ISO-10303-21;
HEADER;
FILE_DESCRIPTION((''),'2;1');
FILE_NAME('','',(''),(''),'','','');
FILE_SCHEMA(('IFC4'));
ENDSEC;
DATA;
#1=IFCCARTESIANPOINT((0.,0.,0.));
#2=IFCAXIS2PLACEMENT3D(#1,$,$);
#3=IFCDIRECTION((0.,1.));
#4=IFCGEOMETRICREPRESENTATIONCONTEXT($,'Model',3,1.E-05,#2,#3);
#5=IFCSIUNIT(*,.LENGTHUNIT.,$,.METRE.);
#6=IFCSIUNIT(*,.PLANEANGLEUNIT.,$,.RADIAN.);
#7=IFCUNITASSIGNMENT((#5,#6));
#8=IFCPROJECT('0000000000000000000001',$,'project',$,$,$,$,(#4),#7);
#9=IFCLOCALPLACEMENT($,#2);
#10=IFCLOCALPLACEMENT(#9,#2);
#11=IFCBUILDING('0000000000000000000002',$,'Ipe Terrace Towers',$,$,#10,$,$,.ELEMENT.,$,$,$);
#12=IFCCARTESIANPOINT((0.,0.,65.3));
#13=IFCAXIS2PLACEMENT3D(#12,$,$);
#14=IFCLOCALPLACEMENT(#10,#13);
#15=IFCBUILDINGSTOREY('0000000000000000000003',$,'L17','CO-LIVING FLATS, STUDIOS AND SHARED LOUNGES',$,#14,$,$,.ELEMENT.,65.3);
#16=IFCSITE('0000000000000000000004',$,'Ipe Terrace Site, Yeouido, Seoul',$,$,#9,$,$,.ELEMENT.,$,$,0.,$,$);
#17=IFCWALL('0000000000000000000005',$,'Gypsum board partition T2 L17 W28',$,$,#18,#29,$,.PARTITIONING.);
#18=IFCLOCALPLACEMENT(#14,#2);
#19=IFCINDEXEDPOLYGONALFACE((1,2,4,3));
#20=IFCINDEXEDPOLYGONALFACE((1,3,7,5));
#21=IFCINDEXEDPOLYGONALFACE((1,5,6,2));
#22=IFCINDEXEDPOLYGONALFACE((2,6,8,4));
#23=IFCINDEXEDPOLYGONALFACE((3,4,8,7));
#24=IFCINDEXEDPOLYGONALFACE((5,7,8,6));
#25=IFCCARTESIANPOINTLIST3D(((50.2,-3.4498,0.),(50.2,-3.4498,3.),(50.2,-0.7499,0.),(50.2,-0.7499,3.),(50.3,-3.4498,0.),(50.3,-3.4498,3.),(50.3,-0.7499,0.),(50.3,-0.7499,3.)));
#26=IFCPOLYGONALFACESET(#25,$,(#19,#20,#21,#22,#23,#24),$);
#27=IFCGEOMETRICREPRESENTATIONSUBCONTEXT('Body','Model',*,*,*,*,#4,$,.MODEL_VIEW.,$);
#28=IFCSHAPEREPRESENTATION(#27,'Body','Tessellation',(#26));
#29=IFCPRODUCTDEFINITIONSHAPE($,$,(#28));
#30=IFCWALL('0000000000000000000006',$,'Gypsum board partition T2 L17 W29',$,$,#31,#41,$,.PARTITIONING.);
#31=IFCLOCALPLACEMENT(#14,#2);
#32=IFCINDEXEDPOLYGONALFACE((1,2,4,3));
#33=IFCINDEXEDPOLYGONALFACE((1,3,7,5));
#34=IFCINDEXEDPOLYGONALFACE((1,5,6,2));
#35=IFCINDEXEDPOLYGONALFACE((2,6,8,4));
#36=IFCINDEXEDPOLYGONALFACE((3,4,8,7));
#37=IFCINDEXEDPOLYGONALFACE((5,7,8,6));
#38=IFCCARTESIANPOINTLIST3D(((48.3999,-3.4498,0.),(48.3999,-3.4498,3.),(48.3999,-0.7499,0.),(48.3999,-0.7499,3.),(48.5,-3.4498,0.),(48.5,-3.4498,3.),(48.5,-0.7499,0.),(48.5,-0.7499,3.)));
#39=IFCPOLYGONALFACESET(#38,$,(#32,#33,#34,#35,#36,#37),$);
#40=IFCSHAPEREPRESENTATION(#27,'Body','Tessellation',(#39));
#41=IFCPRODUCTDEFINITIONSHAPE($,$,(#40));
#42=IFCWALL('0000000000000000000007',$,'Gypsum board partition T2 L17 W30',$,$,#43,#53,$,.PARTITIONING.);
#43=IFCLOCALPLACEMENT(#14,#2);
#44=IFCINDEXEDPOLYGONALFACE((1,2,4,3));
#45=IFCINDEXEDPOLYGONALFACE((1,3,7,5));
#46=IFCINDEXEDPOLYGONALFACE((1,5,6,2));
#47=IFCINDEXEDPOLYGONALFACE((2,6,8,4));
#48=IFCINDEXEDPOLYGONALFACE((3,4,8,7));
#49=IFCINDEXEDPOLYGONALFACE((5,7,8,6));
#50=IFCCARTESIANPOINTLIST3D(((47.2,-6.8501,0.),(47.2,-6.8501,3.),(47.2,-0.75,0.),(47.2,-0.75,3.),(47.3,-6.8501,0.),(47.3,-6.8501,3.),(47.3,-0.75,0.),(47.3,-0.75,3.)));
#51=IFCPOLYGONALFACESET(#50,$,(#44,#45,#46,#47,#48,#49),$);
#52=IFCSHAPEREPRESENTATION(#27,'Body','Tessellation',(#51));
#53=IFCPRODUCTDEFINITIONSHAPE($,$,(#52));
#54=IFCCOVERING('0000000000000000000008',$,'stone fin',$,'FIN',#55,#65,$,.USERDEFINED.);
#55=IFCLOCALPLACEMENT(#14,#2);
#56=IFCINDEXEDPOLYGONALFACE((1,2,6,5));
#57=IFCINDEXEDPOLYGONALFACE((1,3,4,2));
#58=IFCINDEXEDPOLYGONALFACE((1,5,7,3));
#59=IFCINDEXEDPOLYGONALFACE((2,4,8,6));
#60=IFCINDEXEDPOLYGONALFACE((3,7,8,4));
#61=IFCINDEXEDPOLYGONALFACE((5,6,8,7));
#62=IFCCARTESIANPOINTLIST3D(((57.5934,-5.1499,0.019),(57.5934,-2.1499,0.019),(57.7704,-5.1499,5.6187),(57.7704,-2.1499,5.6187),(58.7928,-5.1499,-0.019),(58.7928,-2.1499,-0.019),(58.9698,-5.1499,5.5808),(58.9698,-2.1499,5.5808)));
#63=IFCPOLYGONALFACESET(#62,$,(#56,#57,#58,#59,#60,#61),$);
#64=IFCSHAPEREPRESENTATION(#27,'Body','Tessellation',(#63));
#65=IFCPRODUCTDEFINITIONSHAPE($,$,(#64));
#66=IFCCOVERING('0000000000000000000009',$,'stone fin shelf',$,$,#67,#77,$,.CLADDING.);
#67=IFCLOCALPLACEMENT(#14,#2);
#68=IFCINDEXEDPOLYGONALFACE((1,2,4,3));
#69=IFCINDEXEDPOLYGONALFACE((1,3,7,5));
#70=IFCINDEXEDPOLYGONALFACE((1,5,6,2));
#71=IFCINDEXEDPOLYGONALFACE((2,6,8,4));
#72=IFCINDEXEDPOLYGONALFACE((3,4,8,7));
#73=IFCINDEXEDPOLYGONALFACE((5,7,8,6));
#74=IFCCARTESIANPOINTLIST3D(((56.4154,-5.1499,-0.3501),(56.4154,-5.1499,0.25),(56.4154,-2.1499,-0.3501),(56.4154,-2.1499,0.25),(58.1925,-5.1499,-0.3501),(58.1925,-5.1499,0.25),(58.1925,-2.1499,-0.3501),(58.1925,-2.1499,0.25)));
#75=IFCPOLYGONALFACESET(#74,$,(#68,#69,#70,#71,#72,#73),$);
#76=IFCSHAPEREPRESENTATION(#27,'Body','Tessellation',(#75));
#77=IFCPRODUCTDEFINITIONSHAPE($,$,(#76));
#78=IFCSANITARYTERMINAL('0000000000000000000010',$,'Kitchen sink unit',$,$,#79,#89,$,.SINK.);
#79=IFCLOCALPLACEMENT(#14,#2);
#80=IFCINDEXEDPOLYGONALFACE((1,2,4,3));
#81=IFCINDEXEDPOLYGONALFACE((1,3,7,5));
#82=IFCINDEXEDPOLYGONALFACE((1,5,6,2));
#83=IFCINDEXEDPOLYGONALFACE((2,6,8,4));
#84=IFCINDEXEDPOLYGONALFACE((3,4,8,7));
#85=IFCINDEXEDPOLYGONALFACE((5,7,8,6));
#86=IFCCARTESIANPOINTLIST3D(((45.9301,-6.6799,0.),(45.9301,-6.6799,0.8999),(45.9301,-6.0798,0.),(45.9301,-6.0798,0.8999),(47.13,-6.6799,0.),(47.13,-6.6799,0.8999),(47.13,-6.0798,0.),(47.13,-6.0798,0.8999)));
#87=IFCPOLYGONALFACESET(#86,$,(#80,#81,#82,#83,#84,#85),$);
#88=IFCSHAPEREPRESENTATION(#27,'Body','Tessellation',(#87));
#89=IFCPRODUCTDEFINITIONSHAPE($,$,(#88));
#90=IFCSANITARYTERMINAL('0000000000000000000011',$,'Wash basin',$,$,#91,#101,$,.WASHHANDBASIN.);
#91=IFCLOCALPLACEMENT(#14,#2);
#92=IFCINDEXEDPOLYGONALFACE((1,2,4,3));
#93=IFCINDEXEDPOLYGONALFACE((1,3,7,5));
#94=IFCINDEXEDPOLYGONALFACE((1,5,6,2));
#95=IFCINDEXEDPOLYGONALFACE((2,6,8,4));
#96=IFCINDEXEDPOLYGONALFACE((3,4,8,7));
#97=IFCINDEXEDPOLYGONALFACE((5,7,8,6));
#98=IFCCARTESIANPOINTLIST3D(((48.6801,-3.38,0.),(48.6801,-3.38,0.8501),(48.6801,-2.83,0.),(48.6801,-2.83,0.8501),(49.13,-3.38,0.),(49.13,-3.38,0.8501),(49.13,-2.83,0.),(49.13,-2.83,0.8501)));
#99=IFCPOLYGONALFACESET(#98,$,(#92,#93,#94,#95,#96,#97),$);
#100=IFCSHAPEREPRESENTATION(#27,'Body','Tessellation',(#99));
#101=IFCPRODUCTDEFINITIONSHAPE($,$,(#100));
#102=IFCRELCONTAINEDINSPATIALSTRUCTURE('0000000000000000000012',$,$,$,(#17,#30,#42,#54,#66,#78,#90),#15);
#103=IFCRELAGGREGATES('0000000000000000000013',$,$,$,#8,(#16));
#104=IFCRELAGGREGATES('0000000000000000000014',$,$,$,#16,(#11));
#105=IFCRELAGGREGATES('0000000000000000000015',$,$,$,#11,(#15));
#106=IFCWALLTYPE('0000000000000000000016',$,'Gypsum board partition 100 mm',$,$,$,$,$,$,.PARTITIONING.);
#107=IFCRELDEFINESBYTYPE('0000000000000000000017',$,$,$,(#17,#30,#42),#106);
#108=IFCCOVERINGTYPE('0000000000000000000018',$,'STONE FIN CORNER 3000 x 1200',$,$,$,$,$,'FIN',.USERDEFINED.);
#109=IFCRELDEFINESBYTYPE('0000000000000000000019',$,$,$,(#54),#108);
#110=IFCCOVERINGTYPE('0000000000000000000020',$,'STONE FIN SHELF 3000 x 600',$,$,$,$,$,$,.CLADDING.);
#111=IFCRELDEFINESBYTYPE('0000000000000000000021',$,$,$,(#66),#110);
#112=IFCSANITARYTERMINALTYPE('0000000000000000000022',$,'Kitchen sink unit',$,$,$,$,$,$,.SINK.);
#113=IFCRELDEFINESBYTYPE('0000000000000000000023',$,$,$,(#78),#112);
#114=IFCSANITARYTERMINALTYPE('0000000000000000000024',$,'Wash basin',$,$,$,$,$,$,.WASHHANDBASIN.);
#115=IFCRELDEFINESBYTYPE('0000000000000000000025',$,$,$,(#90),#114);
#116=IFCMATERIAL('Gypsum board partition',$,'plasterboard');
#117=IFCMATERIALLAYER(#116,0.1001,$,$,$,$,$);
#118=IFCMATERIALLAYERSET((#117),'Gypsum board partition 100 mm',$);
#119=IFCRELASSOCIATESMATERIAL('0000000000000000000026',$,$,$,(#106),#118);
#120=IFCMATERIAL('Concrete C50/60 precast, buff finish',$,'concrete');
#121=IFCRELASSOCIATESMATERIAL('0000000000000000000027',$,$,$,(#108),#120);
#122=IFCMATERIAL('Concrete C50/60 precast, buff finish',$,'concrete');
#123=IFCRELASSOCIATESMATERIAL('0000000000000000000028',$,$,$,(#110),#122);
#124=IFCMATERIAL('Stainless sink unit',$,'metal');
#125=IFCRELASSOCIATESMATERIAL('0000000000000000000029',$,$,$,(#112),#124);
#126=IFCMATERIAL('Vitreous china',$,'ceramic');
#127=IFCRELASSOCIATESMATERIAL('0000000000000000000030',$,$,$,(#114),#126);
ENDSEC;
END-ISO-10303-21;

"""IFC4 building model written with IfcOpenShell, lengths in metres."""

from ifc_helpers import new_model, si_unit, direction, frame, frame_2d, origin, origin_2d, place, context, subcontext, project, spatial, rectangle, extrude, material, layer, layer_set, material_profile, profile_set, type_object, element, save


model = new_model("IFC4")

# Units and contexts
model_context = context("Model", 3, precision=1e-05, world=origin(), true_north=direction((0.0, 1.0)))
body_context = subcontext(model_context, "Body", "Model", "MODEL_VIEW")
ifc_project = project(units=[si_unit("LENGTHUNIT", "METRE"), si_unit("PLANEANGLEUNIT", "RADIAN")], contexts=[model_context])

# Site, building, storey
site_placement = place(None, origin())
site = spatial("IfcSite", under=ifc_project, at=site_placement, Name="Ipe Terrace Site, Yeouido, Seoul", CompositionType="ELEMENT", RefElevation=0.0)
building_placement = place(site_placement, origin())
building = spatial("IfcBuilding", under=site, at=building_placement, Name="Ipe Terrace Towers", CompositionType="ELEMENT")
storey_placement = place(building_placement, frame((0.0, 0.0, 65.3)))
storey = spatial("IfcBuildingStorey", under=building, at=storey_placement, Name="L17", Description="CO-LIVING FLATS, STUDIOS AND SHARED LOUNGES", CompositionType="ELEMENT", Elevation=65.3)

# Shared definitions
ifc_material_1 = material(Name="Gypsum board partition", Category="plasterboard")
ifc_layer_1 = layer(ifc_material_1, 0.1001)
ifc_layer_set_1 = layer_set([ifc_layer_1], Name="Gypsum board partition 100 mm")
wall_type_1 = type_object("IfcWallType", Name="Gypsum board partition 100 mm", PredefinedType="PARTITIONING", material=ifc_layer_set_1)

# Walls
for number, where, z_axis, x_axis, name in (
    (1, (50.25, -3.45, 0.0), (0.0, 0.0, 1.0), (0.0, 1.0, 0.0), "Gypsum board partition T2 L17 W28"),
    (2, (48.45, -3.45, 0.0), (0.0, 0.0, 1.0), (0.0, 1.0, 0.0), "Gypsum board partition T2 L17 W29"),
):
    element("IfcWall", number, at=place(storey_placement, frame(where, z_axis=z_axis, x_axis=x_axis)), inside=storey, type_object=wall_type_1, Name=name, PredefinedType="PARTITIONING", context=body_context, shape_type="SweptSolid", body=[
        extrude(rectangle(XDim=2.7, YDim=0.1001, at=frame_2d((1.3501, 0.0))), origin(), (0.0, 0.0, 1.0), 3.0),
    ])
wall_1_placement = place(storey_placement, frame((47.25, -6.8501, 0.0), z_axis=(0.0, 0.0, 1.0), x_axis=(0.0, 1.0, 0.0)))
element("IfcWall", 3, at=wall_1_placement, inside=storey, type_object=wall_type_1, Name="Gypsum board partition T2 L17 W30", PredefinedType="PARTITIONING", context=body_context, shape_type="SweptSolid", body=[
    extrude(rectangle(XDim=6.1001, YDim=0.1001, at=frame_2d((3.05, 0.0))), origin(), (0.0, 0.0, 1.0), 3.0),
])

# Coverings
ifc_material_2 = material(Name="Concrete C50/60 precast, buff finish", Category="concrete")
ifc_material_profile_1 = material_profile(ifc_material_2, rectangle(XDim=3.0, YDim=1.2, at=origin_2d()), Name="STONE FIN CORNER 3000 x 1200")
ifc_profile_set_1 = profile_set([ifc_material_profile_1], Name="Concrete C50/60 precast, buff finish")
covering_type_1 = type_object("IfcCoveringType", Name="STONE FIN CORNER 3000 x 1200", ElementType="FIN", PredefinedType="USERDEFINED", material=ifc_profile_set_1)
covering_1_placement = place(storey_placement, frame((58.1931, -3.6499, 0.0), z_axis=(0.031593, 0.0, 0.999501), x_axis=(0.0, 1.0, 0.0)))
element("IfcCovering", 4, at=covering_1_placement, inside=storey, type_object=covering_type_1, Name="stone fin", ObjectType="FIN", PredefinedType="USERDEFINED", context=body_context, shape_type="SweptSolid", body=[
    extrude(rectangle(XDim=3.0, YDim=1.2, at=origin_2d()), origin(), (0.0, 0.0, 1.0), 5.6025),
])
ifc_material_3 = material(Name="Concrete C50/60 precast, buff finish", Category="concrete")
covering_type_2 = type_object("IfcCoveringType", Name="STONE FIN SHELF 3000 x 600", PredefinedType="CLADDING", material=ifc_material_3)
covering_2_placement = place(storey_placement, frame((57.304, -3.6499, -0.3501), z_axis=(0.0, 0.0, 1.0), x_axis=(0.0, 1.0, 0.0)))
element("IfcCovering", 5, at=covering_2_placement, inside=storey, type_object=covering_type_2, Name="stone fin shelf", PredefinedType="CLADDING", context=body_context, shape_type="SweptSolid", body=[
    extrude(rectangle(XDim=3.0, YDim=1.7771, at=origin_2d()), origin(), (0.0, 0.0, 1.0), 0.6001),
])

# Sanitary terminals
ifc_material_4 = material(Name="Stainless sink unit", Category="metal")
sanitary_terminal_type_1 = type_object("IfcSanitaryTerminalType", Name="Kitchen sink unit", PredefinedType="SINK", material=ifc_material_4)
sanitary_terminal_1_placement = place(storey_placement, frame((46.53, -6.3799, 0.0), z_axis=(0.0, 0.0, 1.0), x_axis=(-1.0, 0.0, 0.0)))
element("IfcSanitaryTerminal", 6, at=sanitary_terminal_1_placement, inside=storey, type_object=sanitary_terminal_type_1, Name="Kitchen sink unit", PredefinedType="SINK", context=body_context, shape_type="SweptSolid", body=[
    extrude(rectangle(XDim=1.2, YDim=0.6001, at=origin_2d()), origin(), (0.0, 0.0, 1.0), 0.8999),
])
ifc_material_5 = material(Name="Vitreous china", Category="ceramic")
sanitary_terminal_type_2 = type_object("IfcSanitaryTerminalType", Name="Wash basin", PredefinedType="WASHHANDBASIN", material=ifc_material_5)
sanitary_terminal_2_placement = place(storey_placement, frame((48.905, -3.105, 0.0), z_axis=(0.0, 0.0, 1.0), x_axis=(0.0, 1.0, 0.0)))
element("IfcSanitaryTerminal", 7, at=sanitary_terminal_2_placement, inside=storey, type_object=sanitary_terminal_type_2, Name="Wash basin", PredefinedType="WASHHANDBASIN", context=body_context, shape_type="SweptSolid", body=[
    extrude(rectangle(XDim=0.55, YDim=0.45, at=origin_2d()), origin(), (0.0, 0.0, 1.0), 0.8501),
])

save(model, "model.ifc")
